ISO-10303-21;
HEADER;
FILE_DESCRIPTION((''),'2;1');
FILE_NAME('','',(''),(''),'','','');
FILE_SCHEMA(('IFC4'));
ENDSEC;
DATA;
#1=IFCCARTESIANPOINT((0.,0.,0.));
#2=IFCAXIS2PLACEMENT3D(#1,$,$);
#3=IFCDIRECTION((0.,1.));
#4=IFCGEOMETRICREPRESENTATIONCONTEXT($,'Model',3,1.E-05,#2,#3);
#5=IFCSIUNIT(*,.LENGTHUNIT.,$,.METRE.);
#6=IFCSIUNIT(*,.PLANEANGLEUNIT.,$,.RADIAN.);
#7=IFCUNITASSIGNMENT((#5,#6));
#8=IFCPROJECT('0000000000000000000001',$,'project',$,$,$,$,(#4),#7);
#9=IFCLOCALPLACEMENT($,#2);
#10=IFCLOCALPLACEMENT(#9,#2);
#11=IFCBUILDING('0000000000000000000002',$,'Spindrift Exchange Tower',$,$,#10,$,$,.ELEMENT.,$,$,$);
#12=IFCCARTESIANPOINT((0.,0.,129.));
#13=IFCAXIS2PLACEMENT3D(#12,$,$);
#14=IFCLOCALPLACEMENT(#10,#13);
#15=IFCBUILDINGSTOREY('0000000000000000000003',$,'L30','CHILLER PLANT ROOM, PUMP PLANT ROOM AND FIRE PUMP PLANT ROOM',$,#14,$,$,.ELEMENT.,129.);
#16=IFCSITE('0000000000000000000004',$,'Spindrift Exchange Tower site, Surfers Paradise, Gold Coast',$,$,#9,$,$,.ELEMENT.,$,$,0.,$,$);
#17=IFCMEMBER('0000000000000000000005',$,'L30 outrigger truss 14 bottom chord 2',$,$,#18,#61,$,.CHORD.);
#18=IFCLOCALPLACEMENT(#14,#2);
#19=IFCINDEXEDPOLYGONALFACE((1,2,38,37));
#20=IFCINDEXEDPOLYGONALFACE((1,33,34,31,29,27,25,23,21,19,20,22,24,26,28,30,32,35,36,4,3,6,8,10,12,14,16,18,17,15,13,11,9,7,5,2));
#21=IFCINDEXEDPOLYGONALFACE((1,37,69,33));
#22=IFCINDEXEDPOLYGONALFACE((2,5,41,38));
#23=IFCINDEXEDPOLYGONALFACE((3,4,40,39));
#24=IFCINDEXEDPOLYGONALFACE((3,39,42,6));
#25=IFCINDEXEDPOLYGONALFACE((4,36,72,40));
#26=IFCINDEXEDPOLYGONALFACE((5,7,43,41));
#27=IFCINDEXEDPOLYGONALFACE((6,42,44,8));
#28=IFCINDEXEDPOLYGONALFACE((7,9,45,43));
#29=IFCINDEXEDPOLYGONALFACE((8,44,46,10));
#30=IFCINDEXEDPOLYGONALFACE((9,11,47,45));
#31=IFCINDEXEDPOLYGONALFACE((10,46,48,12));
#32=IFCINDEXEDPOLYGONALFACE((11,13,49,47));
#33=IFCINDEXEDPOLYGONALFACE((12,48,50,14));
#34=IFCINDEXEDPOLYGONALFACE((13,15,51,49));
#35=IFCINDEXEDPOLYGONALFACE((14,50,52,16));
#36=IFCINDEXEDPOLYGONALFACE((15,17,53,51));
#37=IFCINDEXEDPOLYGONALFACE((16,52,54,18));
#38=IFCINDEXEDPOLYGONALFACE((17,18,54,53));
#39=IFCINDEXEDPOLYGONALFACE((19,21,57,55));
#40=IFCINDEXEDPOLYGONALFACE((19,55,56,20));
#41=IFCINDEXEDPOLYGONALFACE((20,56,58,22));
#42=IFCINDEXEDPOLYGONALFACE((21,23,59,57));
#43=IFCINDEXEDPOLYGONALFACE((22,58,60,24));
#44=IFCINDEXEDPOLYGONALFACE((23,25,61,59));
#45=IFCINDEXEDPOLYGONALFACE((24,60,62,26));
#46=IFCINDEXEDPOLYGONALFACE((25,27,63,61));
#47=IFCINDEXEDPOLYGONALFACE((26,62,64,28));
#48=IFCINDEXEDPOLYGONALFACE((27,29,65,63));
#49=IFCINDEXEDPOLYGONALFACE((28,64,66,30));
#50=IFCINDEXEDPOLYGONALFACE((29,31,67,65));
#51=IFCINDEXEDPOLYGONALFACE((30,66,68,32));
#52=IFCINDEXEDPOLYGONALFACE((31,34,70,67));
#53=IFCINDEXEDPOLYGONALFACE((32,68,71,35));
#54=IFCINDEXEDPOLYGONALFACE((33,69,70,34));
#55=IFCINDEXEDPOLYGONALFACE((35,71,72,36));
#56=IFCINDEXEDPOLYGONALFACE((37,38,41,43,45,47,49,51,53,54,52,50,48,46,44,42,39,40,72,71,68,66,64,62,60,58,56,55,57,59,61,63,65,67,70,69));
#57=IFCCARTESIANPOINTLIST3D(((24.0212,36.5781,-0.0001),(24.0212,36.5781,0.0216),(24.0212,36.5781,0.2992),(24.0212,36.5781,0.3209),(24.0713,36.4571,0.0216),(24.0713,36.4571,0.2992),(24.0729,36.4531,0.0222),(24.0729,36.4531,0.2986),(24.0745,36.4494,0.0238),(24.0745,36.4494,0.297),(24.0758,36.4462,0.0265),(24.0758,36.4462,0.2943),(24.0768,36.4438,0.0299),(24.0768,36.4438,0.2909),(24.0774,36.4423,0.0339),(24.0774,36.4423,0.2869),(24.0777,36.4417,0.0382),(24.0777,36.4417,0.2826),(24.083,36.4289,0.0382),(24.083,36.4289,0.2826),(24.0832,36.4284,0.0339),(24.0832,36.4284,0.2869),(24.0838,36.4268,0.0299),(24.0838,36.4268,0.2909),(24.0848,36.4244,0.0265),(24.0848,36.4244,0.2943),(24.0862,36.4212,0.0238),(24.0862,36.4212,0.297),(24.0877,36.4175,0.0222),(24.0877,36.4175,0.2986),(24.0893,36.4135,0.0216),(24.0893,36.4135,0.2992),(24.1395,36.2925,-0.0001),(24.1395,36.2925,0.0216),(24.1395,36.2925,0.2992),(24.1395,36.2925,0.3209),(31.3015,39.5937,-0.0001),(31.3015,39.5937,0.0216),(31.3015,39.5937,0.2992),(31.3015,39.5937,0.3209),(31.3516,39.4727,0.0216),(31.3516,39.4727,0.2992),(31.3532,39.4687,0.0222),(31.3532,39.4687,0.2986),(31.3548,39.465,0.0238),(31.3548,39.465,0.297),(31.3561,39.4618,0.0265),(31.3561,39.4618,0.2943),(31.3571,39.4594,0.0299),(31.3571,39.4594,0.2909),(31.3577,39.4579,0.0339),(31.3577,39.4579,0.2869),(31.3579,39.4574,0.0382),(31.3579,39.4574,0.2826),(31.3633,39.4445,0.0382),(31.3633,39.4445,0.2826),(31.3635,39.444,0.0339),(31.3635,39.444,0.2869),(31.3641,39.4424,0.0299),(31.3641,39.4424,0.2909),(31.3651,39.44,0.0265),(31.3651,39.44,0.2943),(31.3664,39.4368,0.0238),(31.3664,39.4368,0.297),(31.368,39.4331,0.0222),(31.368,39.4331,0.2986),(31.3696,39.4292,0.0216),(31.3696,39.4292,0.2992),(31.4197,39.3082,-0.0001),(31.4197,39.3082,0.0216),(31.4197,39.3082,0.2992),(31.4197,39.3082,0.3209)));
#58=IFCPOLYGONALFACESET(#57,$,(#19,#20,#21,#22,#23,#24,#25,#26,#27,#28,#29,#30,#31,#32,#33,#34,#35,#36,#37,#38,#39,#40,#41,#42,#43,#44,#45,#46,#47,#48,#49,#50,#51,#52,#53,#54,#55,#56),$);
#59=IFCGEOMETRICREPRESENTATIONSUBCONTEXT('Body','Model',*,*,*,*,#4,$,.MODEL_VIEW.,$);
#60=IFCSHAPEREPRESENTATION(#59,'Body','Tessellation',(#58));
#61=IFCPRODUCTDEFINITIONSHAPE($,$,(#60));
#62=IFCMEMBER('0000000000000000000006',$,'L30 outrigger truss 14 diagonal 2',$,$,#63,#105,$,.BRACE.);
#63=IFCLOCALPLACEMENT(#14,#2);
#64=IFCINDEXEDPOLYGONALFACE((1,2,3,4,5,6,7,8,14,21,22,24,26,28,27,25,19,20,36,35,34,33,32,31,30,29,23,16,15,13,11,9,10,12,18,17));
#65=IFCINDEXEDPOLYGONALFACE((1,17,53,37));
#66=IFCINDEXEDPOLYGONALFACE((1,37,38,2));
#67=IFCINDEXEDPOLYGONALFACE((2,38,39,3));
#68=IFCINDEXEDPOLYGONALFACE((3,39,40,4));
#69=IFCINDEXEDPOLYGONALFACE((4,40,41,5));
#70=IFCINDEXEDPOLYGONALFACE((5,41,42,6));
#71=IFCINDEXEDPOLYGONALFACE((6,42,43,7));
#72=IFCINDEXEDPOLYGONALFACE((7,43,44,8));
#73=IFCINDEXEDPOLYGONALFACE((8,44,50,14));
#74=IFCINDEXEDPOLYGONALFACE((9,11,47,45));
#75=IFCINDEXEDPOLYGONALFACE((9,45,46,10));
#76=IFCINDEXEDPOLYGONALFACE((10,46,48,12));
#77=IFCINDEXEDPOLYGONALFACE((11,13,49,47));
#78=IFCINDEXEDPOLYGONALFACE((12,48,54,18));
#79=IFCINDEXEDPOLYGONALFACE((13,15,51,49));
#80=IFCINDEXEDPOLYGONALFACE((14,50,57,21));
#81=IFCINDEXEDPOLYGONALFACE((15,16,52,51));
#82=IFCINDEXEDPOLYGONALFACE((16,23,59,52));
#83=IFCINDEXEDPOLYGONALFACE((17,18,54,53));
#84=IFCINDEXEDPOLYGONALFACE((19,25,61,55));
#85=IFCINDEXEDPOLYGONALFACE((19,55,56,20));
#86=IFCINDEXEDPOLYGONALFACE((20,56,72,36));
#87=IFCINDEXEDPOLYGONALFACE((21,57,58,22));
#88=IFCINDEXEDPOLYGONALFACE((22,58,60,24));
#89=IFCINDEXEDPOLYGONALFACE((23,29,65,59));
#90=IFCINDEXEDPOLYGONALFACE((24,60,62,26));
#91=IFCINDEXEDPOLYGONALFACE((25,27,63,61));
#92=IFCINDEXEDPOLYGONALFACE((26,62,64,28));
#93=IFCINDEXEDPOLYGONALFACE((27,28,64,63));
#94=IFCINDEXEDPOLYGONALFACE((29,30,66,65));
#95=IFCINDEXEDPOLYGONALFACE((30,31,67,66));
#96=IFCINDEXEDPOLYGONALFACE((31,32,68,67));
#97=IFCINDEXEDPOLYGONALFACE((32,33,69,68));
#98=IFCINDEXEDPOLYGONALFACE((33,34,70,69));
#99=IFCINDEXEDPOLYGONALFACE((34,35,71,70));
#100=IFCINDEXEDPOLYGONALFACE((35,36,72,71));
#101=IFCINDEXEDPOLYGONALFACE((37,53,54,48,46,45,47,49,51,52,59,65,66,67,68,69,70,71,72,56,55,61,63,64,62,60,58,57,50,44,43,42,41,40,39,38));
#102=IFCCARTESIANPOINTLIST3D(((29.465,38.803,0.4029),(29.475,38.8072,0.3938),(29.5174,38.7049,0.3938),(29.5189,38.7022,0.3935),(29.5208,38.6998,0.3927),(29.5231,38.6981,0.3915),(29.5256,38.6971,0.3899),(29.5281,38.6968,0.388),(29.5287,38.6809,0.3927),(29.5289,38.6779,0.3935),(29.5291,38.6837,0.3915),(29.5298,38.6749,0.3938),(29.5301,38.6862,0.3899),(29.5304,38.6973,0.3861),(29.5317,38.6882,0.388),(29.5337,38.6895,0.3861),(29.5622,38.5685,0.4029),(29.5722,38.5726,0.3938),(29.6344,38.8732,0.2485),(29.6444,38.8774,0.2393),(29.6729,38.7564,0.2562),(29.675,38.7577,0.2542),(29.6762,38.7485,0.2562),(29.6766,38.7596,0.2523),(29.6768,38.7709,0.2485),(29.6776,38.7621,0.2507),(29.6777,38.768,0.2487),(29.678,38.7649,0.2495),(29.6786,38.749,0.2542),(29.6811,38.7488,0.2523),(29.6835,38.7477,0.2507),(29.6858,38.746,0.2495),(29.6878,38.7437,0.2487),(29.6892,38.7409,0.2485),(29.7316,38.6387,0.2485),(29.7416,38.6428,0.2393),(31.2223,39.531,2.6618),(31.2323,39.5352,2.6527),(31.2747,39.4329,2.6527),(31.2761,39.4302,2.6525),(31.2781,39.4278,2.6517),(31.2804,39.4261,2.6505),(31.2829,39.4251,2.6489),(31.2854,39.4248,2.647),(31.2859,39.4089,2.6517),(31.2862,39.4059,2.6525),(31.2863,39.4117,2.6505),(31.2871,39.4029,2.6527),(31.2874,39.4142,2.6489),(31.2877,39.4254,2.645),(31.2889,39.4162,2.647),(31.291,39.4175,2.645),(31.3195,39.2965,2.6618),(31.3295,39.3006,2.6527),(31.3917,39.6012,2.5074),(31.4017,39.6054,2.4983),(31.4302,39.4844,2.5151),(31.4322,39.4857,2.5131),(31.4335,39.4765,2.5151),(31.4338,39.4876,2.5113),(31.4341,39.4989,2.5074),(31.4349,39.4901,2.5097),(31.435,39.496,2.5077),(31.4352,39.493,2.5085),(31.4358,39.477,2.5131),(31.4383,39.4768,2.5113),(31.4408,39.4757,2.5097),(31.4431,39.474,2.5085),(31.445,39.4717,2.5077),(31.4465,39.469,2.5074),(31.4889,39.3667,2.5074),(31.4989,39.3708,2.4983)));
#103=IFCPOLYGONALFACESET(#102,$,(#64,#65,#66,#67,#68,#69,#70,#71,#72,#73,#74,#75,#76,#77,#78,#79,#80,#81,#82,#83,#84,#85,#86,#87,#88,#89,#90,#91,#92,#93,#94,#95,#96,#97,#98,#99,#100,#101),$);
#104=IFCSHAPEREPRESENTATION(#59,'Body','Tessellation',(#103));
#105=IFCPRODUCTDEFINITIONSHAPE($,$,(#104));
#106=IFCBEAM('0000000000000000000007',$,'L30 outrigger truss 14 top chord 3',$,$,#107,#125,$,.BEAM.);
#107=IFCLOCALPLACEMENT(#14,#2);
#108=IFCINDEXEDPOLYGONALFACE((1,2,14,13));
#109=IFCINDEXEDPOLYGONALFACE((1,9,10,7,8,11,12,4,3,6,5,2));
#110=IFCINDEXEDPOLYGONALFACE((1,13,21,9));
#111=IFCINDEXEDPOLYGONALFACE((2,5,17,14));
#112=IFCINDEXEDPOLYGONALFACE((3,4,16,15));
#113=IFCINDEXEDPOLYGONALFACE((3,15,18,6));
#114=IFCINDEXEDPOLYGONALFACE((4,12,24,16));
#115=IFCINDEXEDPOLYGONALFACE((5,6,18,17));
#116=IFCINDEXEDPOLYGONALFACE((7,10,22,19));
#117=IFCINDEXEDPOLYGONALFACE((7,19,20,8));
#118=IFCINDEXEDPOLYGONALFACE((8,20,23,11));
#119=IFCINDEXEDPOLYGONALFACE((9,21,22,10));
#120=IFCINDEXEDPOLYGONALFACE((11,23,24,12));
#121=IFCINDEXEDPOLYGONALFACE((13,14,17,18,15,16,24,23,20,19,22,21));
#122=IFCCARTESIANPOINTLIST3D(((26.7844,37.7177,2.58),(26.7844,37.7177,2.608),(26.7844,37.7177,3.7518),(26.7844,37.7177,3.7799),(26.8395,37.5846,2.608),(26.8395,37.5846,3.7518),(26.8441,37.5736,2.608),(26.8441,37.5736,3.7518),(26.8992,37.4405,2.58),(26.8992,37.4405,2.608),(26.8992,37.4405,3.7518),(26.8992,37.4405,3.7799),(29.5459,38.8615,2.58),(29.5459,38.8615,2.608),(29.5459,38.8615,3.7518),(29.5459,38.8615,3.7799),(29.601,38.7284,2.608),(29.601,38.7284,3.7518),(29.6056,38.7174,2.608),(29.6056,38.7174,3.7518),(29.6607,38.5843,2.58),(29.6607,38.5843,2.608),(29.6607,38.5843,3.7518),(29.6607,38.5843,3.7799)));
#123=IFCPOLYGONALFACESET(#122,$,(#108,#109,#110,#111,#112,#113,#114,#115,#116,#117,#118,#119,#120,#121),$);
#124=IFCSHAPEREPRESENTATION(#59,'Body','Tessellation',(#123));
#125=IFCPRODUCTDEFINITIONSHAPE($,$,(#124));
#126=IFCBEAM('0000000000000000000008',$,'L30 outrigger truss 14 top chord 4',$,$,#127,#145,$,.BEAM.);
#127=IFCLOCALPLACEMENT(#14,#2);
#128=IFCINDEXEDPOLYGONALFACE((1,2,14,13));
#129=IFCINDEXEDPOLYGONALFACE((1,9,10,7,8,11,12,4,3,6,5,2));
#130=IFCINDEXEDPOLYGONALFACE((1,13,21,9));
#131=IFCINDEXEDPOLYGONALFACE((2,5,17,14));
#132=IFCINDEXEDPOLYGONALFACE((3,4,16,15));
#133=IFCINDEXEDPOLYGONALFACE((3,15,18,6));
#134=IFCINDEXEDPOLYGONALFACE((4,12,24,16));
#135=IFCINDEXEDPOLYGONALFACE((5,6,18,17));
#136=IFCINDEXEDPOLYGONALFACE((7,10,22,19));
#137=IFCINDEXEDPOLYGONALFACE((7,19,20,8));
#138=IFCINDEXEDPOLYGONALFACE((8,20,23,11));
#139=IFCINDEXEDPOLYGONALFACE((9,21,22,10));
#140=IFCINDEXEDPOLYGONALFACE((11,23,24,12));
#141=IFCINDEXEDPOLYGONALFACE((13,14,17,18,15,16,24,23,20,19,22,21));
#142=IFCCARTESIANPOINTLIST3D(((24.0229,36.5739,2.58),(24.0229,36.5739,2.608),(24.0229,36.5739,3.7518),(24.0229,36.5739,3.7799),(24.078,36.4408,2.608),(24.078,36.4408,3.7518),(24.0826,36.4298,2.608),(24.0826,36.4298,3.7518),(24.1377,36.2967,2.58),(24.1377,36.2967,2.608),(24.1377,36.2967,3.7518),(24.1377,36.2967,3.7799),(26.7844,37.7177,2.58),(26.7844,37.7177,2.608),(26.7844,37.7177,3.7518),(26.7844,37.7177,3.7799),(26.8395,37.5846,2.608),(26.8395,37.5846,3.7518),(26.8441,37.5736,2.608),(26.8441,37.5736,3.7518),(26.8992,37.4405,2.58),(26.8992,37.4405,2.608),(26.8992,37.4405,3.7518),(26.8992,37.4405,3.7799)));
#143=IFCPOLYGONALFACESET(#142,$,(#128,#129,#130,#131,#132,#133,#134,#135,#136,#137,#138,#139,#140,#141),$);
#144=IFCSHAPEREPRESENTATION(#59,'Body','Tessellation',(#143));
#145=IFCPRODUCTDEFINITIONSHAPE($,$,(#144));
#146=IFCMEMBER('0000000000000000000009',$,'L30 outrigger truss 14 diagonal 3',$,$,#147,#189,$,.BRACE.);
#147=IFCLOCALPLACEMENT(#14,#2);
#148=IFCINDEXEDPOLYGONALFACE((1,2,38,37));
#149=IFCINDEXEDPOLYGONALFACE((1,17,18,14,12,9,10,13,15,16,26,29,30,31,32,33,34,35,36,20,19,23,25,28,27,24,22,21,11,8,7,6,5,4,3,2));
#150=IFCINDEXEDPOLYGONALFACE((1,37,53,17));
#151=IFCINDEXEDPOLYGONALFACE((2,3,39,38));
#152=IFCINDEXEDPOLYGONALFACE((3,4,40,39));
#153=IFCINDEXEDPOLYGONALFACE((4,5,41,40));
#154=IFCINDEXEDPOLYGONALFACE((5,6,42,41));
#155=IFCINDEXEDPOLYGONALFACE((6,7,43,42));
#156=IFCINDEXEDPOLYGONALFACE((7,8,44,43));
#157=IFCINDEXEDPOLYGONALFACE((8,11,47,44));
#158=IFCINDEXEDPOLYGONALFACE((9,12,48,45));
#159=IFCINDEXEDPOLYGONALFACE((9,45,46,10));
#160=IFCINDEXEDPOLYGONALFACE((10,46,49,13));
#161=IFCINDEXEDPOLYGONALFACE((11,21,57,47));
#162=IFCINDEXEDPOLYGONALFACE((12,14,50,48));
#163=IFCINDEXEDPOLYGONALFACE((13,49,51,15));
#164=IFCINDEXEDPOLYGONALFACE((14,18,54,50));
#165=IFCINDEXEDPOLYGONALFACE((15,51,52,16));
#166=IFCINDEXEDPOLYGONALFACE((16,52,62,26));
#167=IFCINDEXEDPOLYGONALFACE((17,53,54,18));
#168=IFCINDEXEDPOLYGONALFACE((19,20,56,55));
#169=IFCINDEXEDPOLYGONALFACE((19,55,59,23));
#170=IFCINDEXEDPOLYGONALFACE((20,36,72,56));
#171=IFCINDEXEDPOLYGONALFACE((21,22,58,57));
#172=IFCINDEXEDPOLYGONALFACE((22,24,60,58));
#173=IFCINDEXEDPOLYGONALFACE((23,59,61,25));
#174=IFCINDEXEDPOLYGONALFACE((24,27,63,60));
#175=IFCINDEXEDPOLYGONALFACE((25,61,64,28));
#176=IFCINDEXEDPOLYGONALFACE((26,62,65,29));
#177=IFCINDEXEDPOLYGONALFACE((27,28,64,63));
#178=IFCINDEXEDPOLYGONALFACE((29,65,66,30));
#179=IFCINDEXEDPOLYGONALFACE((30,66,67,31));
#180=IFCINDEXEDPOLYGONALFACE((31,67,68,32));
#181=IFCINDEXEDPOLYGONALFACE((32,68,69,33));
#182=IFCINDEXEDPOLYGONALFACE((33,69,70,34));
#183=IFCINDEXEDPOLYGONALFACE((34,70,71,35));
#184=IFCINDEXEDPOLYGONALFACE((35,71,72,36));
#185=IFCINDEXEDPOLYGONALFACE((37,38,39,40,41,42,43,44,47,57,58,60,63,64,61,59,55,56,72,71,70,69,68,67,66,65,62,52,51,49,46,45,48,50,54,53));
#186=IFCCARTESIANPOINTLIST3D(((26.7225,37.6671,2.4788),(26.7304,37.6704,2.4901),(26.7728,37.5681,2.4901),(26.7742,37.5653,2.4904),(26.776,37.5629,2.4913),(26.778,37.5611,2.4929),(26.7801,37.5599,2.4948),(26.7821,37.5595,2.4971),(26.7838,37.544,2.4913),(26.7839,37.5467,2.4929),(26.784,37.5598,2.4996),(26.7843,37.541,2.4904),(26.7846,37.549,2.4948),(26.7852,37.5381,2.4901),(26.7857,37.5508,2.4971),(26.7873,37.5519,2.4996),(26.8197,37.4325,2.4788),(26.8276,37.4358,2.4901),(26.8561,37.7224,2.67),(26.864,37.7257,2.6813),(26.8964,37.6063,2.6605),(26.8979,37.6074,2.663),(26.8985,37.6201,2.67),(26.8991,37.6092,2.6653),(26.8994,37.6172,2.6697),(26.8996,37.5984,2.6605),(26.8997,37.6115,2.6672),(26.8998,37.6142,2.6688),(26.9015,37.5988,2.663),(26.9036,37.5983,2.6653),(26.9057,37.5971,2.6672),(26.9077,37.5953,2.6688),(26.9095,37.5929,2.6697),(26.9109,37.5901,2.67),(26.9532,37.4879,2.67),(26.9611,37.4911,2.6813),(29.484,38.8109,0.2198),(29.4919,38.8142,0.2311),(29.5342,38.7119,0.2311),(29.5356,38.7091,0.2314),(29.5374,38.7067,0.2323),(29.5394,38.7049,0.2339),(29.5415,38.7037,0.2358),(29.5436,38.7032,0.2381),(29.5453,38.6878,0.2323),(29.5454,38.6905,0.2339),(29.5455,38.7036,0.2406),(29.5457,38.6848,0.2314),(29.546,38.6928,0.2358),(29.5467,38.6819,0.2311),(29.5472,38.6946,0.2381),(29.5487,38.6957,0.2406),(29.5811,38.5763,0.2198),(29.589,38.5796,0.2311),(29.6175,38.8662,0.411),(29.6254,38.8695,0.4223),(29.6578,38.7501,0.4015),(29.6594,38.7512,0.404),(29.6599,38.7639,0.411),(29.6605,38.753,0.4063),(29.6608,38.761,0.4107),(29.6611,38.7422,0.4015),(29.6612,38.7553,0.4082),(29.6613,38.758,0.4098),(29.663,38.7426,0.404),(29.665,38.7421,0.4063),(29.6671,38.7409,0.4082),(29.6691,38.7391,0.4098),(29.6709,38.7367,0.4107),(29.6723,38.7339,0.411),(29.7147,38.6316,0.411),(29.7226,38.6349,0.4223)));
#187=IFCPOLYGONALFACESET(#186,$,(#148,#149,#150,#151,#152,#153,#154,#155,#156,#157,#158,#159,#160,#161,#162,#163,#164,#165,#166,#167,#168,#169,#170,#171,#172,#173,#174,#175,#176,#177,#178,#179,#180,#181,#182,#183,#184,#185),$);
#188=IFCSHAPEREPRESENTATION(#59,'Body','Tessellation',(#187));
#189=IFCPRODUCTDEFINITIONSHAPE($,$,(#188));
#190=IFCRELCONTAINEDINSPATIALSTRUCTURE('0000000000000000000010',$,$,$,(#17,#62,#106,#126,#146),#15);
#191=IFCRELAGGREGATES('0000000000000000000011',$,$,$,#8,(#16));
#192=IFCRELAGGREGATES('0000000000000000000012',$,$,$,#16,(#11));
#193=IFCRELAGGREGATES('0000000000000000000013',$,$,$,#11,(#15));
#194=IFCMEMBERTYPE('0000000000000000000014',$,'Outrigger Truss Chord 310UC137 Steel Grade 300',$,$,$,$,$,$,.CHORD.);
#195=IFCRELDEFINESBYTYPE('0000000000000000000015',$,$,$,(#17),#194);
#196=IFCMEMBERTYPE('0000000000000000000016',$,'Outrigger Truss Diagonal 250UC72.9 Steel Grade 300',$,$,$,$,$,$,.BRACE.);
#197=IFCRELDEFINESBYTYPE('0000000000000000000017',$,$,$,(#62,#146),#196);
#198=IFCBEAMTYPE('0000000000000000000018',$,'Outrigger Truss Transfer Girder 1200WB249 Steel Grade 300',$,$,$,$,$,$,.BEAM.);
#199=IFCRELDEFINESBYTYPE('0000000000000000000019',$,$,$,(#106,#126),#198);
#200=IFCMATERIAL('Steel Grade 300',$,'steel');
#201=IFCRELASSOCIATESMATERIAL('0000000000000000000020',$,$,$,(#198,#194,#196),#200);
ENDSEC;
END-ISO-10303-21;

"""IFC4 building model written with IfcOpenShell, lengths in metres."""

from ifc_helpers import new_model, si_unit, direction, frame, origin, origin_2d, place, context, subcontext, project, spatial, i_section, extrude, source, transform, mapped, material, material_profile, profile_set, type_object, element, save


model = new_model("IFC4")

# Units and contexts
model_context = context("Model", 3, precision=1e-05, world=origin(), true_north=direction((0.0, 1.0)))
body_context = subcontext(model_context, "Body", "Model", "MODEL_VIEW")
ifc_project = project(units=[si_unit("LENGTHUNIT", "METRE"), si_unit("PLANEANGLEUNIT", "RADIAN")], contexts=[model_context])

# Site, building, storey
site_placement = place(None, origin())
site = spatial("IfcSite", under=ifc_project, at=site_placement, Name="Spindrift Exchange Tower site, Surfers Paradise, Gold Coast", CompositionType="ELEMENT", RefElevation=0.0)
building_placement = place(site_placement, origin())
building = spatial("IfcBuilding", under=site, at=building_placement, Name="Spindrift Exchange Tower", CompositionType="ELEMENT")
storey_placement = place(building_placement, frame((0.0, 0.0, 129.0)))
storey = spatial("IfcBuildingStorey", under=building, at=storey_placement, Name="L30", Description="CHILLER PLANT ROOM, PUMP PLANT ROOM AND FIRE PUMP PLANT ROOM", CompositionType="ELEMENT", Elevation=129.0)

# Shared definitions
ifc_material_1 = material(Name="Steel Grade 300", Category="steel")
ifc_material_profile_1 = material_profile(ifc_material_1, i_section(OverallWidth=0.3, OverallDepth=1.2, WebThickness=0.012, FlangeThickness=0.0281, at=origin_2d()), Name="1200WB249")
ifc_profile_set_1 = profile_set([ifc_material_profile_1], Name="Steel Grade 300")
beam_type = type_object("IfcBeamType", Name="Outrigger Truss Transfer Girder 1200WB249 Steel Grade 300", PredefinedType="BEAM", material=ifc_profile_set_1)

# Members
ifc_material_profile_2 = material_profile(ifc_material_1, i_section(OverallWidth=0.3091, OverallDepth=0.321, WebThickness=0.0139, FlangeThickness=0.0217, FilletRadius=0.0166, at=origin_2d()), Name="310UC137")
ifc_profile_set_2 = profile_set([ifc_material_profile_2], Name="Steel Grade 300")
member_type_1 = type_object("IfcMemberType", Name="Outrigger Truss Chord 310UC137 Steel Grade 300", PredefinedType="CHORD", material=ifc_profile_set_2)
shared_shape_1 = source(origin(), body_context, "Body", "SweptSolid", [
    extrude(i_section(OverallWidth=0.3091, OverallDepth=0.321, WebThickness=0.0139, FlangeThickness=0.0217, FilletRadius=0.0166, at=origin_2d()), origin(), (0.0, 0.0, 1.0), 7.8801),
])
member_1_placement = place(storey_placement, frame((31.3606, 39.4509, 0.1604), z_axis=(-0.923878, -0.382687, 0.0), x_axis=(0.382687, -0.923878, 0.0)))
element("IfcMember", 1, at=member_1_placement, inside=storey, type_object=member_type_1, Name="L30 outrigger truss 14 bottom chord 2", PredefinedType="CHORD", context=body_context, shape_type="MappedRepresentation", body=[
    mapped(shared_shape_1, transform((0.0, 0.0, 0.0), scale=1.0)),
])
ifc_material_profile_3 = material_profile(ifc_material_1, i_section(OverallWidth=0.2539, OverallDepth=0.2539, WebThickness=0.0085, FlangeThickness=0.0142, FilletRadius=0.012, at=origin_2d()), Name="250UC72.9")
ifc_profile_set_3 = profile_set([ifc_material_profile_3], Name="Steel Grade 300")
member_type_2 = type_object("IfcMemberType", Name="Outrigger Truss Diagonal 250UC72.9 Steel Grade 300", PredefinedType="BRACE", material=ifc_profile_set_3)
shared_shape_2 = source(origin(), body_context, "Body", "SweptSolid", [
    extrude(i_section(OverallWidth=0.2539, OverallDepth=0.2539, WebThickness=0.0085, FlangeThickness=0.0142, FilletRadius=0.012, at=origin_2d()), origin(), (0.0, 0.0, 1.0), 2.9531),
])
member_2_placement = place(storey_placement, frame((31.3606, 39.4509, 2.5801), z_axis=(-0.595056, -0.246521, -0.764942), x_axis=(0.382737, -0.923857, 0.0)))
element("IfcMember", 2, at=member_2_placement, inside=storey, type_object=member_type_2, Name="L30 outrigger truss 14 diagonal 2", PredefinedType="BRACE", context=body_context, shape_type="MappedRepresentation", body=[
    mapped(shared_shape_2, transform((0.0, 0.0, 0.0), scale=1.0)),
])

# Beams
shared_shape_3 = source(origin(), body_context, "Body", "SweptSolid", [
    extrude(i_section(OverallWidth=0.3, OverallDepth=1.2, WebThickness=0.012, FlangeThickness=0.0281, at=origin_2d()), origin(), (0.0, 0.0, 1.0), 2.989),
])
for number, where, z_axis, x_axis, name in (
    (3, (29.6033, 38.7229, 3.1799), (-0.923884, -0.382672, 0.0), (0.382672, -0.923884, 0.0), "L30 outrigger truss 14 top chord 3"),
    (4, (26.8418, 37.5791, 3.1799), (-0.923884, -0.382672, 0.0), (0.382672, -0.923884, 0.0), "L30 outrigger truss 14 top chord 4"),
):
    element("IfcBeam", number, at=place(storey_placement, frame(where, z_axis=z_axis, x_axis=x_axis)), inside=storey, type_object=beam_type, Name=name, PredefinedType="BEAM", context=body_context, shape_type="MappedRepresentation", body=[
        mapped(shared_shape_3, transform((0.0, 0.0, 0.0), scale=1.0)),
    ])

# Member
shared_shape_4 = source(origin(), body_context, "Body", "SweptSolid", [
    extrude(i_section(OverallWidth=0.2539, OverallDepth=0.2539, WebThickness=0.0085, FlangeThickness=0.0142, FilletRadius=0.012, at=origin_2d()), origin(), (0.0, 0.0, 1.0), 3.7466),
])
for number, where, z_axis, x_axis, name in (
    (5, (29.6033, 38.7229, 0.321), (-0.737055, -0.305287, 0.60295), (0.382672, -0.923884, 0.0), "L30 outrigger truss 14 diagonal 3"),
):
    element("IfcMember", number, at=place(storey_placement, frame(where, z_axis=z_axis, x_axis=x_axis)), inside=storey, type_object=member_type_2, Name=name, PredefinedType="BRACE", context=body_context, shape_type="MappedRepresentation", body=[
        mapped(shared_shape_4, transform((0.0, 0.0, 0.0), scale=1.0)),
    ])

save(model, "model.ifc")
